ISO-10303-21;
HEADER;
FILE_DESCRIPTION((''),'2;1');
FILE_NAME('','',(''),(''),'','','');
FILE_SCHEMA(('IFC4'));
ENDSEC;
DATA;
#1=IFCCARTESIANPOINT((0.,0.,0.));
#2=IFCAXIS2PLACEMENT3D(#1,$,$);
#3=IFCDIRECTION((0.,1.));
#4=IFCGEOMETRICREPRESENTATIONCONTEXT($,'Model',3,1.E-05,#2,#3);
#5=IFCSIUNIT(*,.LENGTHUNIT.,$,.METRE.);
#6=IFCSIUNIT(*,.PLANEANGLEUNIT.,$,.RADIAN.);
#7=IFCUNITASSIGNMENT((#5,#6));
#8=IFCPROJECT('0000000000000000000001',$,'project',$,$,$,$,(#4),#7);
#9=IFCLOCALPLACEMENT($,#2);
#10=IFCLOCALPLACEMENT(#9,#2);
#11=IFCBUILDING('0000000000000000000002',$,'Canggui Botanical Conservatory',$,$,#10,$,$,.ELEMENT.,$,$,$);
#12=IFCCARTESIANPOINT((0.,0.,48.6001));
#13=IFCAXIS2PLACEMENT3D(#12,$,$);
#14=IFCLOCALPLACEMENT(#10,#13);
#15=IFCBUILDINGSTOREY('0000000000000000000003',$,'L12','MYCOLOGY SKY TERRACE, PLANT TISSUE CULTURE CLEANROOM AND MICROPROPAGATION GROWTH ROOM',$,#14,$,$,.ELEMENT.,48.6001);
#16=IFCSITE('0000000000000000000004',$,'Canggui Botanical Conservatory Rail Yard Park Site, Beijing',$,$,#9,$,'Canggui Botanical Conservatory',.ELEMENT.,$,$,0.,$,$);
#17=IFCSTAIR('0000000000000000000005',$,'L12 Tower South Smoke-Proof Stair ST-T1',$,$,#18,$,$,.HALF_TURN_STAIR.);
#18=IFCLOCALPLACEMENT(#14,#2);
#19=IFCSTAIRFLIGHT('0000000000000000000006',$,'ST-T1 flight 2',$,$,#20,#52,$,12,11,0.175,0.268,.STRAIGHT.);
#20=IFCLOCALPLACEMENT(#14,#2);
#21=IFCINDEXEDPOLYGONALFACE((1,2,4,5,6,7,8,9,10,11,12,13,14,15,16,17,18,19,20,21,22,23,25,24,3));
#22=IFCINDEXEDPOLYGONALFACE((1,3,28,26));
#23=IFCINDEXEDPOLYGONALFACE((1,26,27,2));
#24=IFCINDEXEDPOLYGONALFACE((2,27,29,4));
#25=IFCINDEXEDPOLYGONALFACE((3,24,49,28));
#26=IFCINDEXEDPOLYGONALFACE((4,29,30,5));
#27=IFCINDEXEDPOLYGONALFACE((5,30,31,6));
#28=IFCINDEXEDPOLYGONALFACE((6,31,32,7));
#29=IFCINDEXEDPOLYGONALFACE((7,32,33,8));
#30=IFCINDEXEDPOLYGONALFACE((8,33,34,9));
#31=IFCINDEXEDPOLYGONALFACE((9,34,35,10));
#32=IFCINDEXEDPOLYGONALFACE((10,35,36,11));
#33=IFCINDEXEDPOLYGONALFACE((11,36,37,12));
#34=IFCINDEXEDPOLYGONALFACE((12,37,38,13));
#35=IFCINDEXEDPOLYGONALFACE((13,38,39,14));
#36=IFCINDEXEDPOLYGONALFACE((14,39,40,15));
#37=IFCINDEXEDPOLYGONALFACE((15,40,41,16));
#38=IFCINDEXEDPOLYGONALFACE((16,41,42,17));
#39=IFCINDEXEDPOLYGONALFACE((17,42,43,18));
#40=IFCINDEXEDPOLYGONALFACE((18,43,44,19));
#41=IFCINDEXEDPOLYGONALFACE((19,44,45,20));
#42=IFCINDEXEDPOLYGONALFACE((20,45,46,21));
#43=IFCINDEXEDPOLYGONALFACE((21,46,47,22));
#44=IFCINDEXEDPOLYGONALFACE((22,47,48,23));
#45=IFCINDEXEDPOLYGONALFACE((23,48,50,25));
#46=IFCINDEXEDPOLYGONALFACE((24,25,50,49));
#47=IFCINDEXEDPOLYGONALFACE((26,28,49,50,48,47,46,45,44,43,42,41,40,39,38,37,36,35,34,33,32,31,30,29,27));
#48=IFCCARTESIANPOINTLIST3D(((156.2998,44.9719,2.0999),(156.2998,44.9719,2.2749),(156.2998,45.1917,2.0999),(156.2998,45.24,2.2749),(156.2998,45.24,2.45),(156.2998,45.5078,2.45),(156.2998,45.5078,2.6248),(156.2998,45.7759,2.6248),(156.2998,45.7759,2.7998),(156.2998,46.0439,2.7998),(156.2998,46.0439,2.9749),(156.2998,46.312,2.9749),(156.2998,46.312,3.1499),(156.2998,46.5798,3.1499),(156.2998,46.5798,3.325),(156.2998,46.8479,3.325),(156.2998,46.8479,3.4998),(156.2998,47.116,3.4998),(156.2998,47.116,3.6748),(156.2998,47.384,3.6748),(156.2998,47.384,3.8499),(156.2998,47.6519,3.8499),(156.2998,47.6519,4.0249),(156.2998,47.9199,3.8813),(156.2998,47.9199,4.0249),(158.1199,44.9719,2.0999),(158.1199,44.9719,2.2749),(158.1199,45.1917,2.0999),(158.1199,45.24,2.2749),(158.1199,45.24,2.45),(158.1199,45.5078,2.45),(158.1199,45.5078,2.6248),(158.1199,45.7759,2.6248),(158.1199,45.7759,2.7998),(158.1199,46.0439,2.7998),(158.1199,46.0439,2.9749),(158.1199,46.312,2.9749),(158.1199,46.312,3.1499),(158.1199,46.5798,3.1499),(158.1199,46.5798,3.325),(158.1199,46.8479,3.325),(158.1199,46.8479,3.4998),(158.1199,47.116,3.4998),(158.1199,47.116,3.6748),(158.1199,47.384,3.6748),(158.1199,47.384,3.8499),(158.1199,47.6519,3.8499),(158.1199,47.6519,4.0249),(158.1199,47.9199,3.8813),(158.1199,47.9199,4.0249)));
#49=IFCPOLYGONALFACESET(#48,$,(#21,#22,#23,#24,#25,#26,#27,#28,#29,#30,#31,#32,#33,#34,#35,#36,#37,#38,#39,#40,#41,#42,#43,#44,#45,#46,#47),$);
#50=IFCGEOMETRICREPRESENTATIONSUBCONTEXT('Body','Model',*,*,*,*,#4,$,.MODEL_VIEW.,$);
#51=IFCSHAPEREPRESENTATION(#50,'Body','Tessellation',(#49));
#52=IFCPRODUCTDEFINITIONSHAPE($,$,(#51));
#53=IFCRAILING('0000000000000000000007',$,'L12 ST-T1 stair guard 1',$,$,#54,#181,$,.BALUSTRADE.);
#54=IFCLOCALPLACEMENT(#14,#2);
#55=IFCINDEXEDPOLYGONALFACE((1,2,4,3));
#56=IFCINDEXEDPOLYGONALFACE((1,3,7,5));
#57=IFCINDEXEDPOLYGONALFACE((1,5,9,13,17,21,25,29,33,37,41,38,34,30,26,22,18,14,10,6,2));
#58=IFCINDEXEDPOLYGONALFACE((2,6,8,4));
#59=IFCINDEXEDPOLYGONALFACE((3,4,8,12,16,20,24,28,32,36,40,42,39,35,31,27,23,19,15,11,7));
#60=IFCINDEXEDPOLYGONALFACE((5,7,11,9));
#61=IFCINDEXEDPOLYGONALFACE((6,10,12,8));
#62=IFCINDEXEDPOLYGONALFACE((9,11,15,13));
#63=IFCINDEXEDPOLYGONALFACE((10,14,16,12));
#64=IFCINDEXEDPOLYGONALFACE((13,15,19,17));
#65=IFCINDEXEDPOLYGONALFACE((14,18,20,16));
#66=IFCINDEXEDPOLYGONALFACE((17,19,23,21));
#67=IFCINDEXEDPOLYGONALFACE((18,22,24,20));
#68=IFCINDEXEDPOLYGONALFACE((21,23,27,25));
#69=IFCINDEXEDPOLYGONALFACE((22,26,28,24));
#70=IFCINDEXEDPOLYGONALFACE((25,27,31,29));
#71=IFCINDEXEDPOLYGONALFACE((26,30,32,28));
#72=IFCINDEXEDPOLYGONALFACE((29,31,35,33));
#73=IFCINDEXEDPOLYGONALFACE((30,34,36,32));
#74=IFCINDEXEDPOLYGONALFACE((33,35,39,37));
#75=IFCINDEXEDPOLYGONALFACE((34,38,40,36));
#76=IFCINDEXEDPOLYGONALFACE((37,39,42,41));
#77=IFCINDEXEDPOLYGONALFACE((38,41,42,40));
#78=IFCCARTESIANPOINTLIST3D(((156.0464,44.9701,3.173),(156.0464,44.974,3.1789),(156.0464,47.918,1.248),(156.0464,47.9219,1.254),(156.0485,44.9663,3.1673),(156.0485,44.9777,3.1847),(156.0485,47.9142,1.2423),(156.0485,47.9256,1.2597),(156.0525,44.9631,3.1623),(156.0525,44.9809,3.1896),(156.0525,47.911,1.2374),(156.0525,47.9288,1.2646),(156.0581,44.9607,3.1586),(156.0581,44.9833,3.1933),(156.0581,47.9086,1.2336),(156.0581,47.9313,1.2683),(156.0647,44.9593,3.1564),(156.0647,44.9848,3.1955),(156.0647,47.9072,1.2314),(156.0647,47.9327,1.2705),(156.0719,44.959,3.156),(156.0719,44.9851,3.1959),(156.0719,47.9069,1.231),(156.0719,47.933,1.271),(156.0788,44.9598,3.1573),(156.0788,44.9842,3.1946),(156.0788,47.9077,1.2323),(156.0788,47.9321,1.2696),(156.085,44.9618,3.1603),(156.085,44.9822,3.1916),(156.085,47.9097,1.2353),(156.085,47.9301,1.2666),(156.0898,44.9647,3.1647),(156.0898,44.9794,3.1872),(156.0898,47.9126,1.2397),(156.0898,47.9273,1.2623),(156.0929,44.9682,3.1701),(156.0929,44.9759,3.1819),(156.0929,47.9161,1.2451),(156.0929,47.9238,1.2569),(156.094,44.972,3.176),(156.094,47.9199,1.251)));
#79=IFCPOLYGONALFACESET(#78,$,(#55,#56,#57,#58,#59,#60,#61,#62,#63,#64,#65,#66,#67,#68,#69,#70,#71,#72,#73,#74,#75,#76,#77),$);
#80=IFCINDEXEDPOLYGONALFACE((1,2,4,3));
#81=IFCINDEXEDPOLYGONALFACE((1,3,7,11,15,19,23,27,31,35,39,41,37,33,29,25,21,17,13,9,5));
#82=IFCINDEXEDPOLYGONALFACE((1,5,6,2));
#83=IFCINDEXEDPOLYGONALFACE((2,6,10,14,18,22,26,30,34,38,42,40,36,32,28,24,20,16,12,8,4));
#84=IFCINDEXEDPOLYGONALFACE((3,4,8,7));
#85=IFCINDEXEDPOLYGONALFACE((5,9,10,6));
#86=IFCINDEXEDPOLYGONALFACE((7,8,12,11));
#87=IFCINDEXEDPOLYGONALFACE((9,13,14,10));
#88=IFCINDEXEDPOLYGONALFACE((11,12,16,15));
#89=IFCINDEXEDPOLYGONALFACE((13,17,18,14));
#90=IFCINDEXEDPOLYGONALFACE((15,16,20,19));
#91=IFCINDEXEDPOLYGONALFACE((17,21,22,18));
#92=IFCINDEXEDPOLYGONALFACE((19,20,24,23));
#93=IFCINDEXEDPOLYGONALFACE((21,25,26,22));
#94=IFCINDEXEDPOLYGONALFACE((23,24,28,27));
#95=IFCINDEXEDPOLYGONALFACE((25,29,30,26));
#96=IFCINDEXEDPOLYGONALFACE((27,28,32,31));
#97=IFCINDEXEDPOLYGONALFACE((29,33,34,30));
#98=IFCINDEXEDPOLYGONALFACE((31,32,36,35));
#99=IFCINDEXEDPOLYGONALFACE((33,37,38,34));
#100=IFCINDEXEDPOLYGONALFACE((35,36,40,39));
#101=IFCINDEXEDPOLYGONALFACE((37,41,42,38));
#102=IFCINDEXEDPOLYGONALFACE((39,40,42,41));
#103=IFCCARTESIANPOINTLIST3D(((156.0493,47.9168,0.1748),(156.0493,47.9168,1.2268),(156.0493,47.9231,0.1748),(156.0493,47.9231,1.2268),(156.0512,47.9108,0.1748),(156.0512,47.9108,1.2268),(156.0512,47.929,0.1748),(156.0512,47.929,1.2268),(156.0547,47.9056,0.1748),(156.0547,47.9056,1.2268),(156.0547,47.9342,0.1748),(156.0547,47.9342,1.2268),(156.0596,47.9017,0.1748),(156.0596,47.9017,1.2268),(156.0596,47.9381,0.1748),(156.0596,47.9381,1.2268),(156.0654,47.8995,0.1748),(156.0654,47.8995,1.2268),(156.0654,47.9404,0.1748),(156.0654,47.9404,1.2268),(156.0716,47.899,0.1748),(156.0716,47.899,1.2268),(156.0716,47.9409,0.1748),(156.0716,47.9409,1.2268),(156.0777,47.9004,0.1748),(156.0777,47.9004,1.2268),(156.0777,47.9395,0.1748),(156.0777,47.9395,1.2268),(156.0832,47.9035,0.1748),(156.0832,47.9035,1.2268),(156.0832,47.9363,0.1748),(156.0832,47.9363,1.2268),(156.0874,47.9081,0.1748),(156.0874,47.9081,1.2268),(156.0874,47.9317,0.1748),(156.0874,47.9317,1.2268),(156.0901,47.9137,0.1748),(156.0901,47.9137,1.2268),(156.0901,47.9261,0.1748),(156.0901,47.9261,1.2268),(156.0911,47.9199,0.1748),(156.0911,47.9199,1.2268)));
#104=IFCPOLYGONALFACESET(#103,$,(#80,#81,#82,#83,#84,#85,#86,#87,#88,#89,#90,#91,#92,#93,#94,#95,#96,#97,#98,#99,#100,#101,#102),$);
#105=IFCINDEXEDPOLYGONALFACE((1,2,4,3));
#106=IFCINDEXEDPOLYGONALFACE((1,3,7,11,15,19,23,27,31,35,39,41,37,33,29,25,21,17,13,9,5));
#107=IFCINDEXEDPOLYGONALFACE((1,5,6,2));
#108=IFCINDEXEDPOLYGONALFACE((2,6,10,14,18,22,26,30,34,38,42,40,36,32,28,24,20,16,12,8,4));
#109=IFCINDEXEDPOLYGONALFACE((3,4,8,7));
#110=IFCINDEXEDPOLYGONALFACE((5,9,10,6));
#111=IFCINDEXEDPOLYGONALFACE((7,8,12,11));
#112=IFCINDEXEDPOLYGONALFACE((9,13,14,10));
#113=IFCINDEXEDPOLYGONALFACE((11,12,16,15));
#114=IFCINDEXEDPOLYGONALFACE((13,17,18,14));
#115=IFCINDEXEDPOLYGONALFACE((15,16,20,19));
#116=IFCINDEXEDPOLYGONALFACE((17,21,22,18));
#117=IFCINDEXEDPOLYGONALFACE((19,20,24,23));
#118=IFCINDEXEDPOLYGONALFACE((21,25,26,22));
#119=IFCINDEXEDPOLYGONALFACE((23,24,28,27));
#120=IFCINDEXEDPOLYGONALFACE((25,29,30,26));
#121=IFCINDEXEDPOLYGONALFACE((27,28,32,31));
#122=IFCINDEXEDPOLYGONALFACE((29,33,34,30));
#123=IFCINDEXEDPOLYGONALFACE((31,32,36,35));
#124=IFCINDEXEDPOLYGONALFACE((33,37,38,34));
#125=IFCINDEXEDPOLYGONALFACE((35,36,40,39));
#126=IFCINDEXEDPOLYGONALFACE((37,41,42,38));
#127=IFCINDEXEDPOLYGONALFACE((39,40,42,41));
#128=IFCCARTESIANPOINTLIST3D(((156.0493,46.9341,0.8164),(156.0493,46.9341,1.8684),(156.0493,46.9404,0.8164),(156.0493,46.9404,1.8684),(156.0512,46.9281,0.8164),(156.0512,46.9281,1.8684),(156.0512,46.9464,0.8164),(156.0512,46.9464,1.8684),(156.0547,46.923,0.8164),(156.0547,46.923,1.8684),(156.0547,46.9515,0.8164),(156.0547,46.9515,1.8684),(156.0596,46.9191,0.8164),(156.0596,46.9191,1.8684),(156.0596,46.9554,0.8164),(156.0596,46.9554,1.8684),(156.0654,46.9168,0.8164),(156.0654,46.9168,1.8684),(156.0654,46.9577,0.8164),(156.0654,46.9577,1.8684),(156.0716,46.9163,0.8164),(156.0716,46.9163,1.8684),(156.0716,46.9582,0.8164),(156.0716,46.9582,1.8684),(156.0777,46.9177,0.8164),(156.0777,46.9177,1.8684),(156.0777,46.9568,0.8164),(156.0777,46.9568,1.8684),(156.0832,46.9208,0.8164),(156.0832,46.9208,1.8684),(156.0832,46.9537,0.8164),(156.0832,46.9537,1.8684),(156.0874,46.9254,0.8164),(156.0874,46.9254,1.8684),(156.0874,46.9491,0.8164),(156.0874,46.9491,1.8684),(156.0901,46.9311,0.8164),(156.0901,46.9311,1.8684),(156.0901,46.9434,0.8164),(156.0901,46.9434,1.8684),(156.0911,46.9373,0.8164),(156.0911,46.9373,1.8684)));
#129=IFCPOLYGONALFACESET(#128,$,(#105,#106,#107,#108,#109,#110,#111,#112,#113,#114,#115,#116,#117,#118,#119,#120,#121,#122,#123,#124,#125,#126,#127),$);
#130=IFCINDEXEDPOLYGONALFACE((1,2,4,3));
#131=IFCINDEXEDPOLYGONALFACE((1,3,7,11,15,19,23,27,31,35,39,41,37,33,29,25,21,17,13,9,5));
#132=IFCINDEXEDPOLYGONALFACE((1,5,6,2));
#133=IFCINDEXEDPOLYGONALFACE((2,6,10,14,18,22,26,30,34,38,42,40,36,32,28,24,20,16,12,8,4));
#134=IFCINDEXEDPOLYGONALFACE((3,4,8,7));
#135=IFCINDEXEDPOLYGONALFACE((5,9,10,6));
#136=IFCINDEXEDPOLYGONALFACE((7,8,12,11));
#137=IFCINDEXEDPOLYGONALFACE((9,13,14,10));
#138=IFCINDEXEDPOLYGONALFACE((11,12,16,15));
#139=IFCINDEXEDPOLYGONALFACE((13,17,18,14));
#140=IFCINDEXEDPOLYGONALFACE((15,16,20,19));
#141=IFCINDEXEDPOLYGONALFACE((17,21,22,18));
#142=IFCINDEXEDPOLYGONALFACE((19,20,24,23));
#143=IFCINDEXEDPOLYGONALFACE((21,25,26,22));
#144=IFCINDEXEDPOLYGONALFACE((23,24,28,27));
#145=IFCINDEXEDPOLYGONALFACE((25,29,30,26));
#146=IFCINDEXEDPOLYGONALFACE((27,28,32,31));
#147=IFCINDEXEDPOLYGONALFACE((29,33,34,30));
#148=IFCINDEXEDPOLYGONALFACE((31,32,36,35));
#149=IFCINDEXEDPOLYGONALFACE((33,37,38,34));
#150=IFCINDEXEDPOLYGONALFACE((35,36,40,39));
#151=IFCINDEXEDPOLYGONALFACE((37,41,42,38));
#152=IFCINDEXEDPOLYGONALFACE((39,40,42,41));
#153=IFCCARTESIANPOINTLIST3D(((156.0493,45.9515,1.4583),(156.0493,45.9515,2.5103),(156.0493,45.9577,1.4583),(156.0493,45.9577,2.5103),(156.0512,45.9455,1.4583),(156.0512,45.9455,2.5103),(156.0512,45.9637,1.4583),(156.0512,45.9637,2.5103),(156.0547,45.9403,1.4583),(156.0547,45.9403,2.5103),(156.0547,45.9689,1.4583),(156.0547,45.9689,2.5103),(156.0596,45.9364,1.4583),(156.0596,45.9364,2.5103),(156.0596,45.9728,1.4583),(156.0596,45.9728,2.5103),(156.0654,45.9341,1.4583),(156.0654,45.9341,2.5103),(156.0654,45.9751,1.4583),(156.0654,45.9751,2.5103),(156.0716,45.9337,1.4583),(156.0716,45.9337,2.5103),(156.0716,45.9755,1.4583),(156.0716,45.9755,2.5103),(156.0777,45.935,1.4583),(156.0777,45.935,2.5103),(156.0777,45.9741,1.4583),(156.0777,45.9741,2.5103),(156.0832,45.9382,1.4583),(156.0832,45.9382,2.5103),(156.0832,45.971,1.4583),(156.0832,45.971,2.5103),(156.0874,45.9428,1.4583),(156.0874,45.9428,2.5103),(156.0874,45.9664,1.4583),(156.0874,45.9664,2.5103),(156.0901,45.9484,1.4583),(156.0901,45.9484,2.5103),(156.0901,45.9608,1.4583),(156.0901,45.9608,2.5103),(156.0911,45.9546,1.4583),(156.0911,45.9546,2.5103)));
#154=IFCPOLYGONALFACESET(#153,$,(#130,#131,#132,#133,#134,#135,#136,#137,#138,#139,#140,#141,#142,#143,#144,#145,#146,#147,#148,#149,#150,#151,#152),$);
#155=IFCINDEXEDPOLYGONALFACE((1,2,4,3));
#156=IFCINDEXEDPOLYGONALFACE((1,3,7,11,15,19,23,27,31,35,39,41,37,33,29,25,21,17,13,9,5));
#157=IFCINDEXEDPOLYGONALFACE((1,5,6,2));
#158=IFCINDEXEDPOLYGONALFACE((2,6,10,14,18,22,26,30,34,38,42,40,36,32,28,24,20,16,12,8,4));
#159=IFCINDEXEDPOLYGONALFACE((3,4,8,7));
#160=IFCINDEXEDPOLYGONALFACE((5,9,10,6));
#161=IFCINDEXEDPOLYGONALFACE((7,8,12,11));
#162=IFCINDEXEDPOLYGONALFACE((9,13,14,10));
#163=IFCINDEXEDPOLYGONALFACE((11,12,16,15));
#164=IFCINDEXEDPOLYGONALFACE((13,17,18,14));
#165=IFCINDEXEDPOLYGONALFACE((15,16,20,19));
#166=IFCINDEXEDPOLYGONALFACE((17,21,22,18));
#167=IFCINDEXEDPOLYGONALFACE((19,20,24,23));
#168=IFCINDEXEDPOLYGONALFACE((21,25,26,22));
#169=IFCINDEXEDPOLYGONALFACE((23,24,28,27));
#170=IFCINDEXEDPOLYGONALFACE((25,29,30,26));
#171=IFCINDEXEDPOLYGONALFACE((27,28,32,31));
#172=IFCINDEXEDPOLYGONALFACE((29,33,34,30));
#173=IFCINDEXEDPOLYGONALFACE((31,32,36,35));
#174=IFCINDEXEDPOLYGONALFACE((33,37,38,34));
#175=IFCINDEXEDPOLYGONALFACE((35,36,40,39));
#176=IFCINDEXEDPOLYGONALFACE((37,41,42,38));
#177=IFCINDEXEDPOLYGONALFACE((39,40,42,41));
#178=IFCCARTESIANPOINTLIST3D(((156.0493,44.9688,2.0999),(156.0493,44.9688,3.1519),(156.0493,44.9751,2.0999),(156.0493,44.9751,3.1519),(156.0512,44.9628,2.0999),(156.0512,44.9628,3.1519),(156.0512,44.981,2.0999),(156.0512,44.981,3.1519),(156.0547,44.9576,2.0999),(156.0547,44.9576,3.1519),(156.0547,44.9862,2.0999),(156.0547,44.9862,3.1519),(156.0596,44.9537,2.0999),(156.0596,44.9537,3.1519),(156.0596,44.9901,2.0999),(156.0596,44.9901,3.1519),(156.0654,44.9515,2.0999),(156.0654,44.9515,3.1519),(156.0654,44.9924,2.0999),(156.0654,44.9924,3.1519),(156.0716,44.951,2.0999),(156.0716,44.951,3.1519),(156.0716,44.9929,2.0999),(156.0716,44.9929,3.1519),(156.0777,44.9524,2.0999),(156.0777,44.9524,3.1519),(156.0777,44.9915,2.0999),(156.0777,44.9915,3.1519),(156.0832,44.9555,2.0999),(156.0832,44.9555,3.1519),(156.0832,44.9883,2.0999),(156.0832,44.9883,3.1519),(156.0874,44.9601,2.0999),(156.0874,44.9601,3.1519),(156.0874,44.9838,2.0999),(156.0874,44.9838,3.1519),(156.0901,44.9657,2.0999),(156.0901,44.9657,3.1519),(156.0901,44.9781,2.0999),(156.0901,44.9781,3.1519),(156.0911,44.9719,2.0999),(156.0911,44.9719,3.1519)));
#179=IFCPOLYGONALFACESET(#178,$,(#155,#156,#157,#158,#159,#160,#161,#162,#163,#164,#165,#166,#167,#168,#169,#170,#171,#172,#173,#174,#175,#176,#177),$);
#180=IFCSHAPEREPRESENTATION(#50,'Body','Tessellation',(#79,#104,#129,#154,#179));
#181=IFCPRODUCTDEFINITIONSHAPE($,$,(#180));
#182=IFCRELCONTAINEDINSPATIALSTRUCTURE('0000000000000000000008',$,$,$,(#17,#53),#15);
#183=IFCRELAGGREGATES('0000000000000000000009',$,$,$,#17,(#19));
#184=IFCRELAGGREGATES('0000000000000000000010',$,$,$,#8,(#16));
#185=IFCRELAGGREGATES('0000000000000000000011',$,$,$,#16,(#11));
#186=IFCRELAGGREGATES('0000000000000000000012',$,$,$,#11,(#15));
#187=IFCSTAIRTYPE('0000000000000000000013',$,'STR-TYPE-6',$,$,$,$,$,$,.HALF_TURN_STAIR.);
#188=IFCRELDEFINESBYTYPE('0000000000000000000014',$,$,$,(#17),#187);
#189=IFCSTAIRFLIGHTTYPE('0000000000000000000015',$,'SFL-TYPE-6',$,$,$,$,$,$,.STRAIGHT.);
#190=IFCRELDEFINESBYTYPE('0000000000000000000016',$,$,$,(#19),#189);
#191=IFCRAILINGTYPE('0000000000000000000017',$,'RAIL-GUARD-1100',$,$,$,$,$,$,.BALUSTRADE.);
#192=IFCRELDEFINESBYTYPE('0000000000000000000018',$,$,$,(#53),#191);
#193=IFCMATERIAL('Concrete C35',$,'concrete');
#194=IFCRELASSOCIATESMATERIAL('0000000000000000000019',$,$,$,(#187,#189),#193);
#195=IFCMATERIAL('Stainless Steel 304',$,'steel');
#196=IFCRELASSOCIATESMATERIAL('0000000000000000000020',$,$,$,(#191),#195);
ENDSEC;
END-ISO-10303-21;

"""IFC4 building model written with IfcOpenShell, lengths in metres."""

from ifc_helpers import new_model, si_unit, direction, frame, origin, origin_2d, place, context, subcontext, project, spatial, polyline, circle, outline, extrude, material, type_object, element, aggregate, save


model = new_model("IFC4")

# Units and contexts
model_context = context("Model", 3, precision=1e-05, world=origin(), true_north=direction((0.0, 1.0)))
body_context = subcontext(model_context, "Body", "Model", "MODEL_VIEW")
ifc_project = project(units=[si_unit("LENGTHUNIT", "METRE"), si_unit("PLANEANGLEUNIT", "RADIAN")], contexts=[model_context])

# Site, building, storey
site_placement = place(None, origin())
site = spatial("IfcSite", under=ifc_project, at=site_placement, Name="Canggui Botanical Conservatory Rail Yard Park Site, Beijing", LongName="Canggui Botanical Conservatory", CompositionType="ELEMENT", RefElevation=0.0)
building_placement = place(site_placement, origin())
building = spatial("IfcBuilding", under=site, at=building_placement, Name="Canggui Botanical Conservatory", CompositionType="ELEMENT")
storey_placement = place(building_placement, frame((0.0, 0.0, 48.6001)))
storey = spatial("IfcBuildingStorey", under=building, at=storey_placement, Name="L12", Description="MYCOLOGY SKY TERRACE, PLANT TISSUE CULTURE CLEANROOM AND MICROPROPAGATION GROWTH ROOM", CompositionType="ELEMENT", Elevation=48.6001)

# Shared definitions
ifc_material_1 = material(Name="Concrete C35", Category="concrete")

# Shared definitions
ifc_material_2 = material(Name="Stainless Steel 304", Category="steel")

# Stair, stair flight
stair_type = type_object("IfcStairType", Name="STR-TYPE-6", PredefinedType="HALF_TURN_STAIR", material=ifc_material_1)
stair_placement = place(storey_placement, origin())
stair = element("IfcStair", 1, at=stair_placement, inside=storey, type_object=stair_type, Name="L12 Tower South Smoke-Proof Stair ST-T1", PredefinedType="HALF_TURN_STAIR")
stair_flight_type = type_object("IfcStairFlightType", Name="SFL-TYPE-6", PredefinedType="STRAIGHT", material=ifc_material_1)
stair_flight_1_placement = place(storey_placement, frame((157.21, 44.9719, 2.0999), z_axis=(0.0, 0.0, 1.0), x_axis=(0.0, 1.0, 0.0)))
stair_flight_1 = element("IfcStairFlight", 2, at=stair_flight_1_placement, type_object=stair_flight_type, Name="ST-T1 flight 2", NumberOfRisers=12, NumberOfTreads=11, PredefinedType="STRAIGHT", RiserHeight=0.175, TreadLength=0.268, context=body_context, shape_type="SweptSolid", body=[
    extrude(outline(polyline([(0.0, 0.0), (0.0, 0.175), (0.2681, 0.175), (0.2681, 0.3501), (0.5359, 0.3501), (0.5359, 0.5249), (0.804, 0.5249), (0.804, 0.7), (1.072, 0.7), (1.072, 0.875), (1.3401, 0.875), (1.3401, 1.05), (1.6079, 1.05), (1.6079, 1.2251), (1.876, 1.2251), (1.876, 1.3999), (2.144, 1.3999), (2.144, 1.575), (2.4121, 1.575), (2.4121, 1.75), (2.6799, 1.75), (2.6799, 1.925), (2.948, 1.925), (2.948, 2.1001), (2.948, 1.7815), (0.2197, 0.0), (0.0, 0.0)])), frame((0.0, 0.9102, 0.0), z_axis=(0.0, -1.0, 0.0), x_axis=(1.0, 0.0, 0.0)), (0.0, 0.0, 1.0), 1.8201),
])
aggregate(stair, [stair_flight_1])

# Railing
railing_type_1 = type_object("IfcRailingType", Name="RAIL-GUARD-1100", PredefinedType="BALUSTRADE", material=ifc_material_2)
railing_1_placement = place(storey_placement, frame((156.0701, 47.9199, 0.1748)))
element("IfcRailing", 3, at=railing_1_placement, inside=storey, type_object=railing_type_1, Name="L12 ST-T1 stair guard 1", PredefinedType="BALUSTRADE", context=body_context, shape_type="SweptSolid", body=[
    extrude(circle(Radius=0.0239, at=origin_2d()), frame((0.0, 0.0, 1.0762), z_axis=(0.0, -0.837293, 0.546754), x_axis=(1.0, 0.0, 0.0)), (0.0, 0.0, 1.0), 3.5208),
    extrude(circle(Radius=0.021, at=origin_2d()), origin(), (0.0, 0.0, 1.0), 1.052),
    extrude(circle(Radius=0.021, at=origin_2d()), frame((0.0, -0.9827, 0.6416)), (0.0, 0.0, 1.0), 1.052),
    extrude(circle(Radius=0.021, at=origin_2d()), frame((0.0, -1.9653, 1.2834)), (0.0, 0.0, 1.0), 1.052),
    extrude(circle(Radius=0.021, at=origin_2d()), frame((0.0, -2.948, 1.925)), (0.0, 0.0, 1.0), 1.052),
])

save(model, "model.ifc")
